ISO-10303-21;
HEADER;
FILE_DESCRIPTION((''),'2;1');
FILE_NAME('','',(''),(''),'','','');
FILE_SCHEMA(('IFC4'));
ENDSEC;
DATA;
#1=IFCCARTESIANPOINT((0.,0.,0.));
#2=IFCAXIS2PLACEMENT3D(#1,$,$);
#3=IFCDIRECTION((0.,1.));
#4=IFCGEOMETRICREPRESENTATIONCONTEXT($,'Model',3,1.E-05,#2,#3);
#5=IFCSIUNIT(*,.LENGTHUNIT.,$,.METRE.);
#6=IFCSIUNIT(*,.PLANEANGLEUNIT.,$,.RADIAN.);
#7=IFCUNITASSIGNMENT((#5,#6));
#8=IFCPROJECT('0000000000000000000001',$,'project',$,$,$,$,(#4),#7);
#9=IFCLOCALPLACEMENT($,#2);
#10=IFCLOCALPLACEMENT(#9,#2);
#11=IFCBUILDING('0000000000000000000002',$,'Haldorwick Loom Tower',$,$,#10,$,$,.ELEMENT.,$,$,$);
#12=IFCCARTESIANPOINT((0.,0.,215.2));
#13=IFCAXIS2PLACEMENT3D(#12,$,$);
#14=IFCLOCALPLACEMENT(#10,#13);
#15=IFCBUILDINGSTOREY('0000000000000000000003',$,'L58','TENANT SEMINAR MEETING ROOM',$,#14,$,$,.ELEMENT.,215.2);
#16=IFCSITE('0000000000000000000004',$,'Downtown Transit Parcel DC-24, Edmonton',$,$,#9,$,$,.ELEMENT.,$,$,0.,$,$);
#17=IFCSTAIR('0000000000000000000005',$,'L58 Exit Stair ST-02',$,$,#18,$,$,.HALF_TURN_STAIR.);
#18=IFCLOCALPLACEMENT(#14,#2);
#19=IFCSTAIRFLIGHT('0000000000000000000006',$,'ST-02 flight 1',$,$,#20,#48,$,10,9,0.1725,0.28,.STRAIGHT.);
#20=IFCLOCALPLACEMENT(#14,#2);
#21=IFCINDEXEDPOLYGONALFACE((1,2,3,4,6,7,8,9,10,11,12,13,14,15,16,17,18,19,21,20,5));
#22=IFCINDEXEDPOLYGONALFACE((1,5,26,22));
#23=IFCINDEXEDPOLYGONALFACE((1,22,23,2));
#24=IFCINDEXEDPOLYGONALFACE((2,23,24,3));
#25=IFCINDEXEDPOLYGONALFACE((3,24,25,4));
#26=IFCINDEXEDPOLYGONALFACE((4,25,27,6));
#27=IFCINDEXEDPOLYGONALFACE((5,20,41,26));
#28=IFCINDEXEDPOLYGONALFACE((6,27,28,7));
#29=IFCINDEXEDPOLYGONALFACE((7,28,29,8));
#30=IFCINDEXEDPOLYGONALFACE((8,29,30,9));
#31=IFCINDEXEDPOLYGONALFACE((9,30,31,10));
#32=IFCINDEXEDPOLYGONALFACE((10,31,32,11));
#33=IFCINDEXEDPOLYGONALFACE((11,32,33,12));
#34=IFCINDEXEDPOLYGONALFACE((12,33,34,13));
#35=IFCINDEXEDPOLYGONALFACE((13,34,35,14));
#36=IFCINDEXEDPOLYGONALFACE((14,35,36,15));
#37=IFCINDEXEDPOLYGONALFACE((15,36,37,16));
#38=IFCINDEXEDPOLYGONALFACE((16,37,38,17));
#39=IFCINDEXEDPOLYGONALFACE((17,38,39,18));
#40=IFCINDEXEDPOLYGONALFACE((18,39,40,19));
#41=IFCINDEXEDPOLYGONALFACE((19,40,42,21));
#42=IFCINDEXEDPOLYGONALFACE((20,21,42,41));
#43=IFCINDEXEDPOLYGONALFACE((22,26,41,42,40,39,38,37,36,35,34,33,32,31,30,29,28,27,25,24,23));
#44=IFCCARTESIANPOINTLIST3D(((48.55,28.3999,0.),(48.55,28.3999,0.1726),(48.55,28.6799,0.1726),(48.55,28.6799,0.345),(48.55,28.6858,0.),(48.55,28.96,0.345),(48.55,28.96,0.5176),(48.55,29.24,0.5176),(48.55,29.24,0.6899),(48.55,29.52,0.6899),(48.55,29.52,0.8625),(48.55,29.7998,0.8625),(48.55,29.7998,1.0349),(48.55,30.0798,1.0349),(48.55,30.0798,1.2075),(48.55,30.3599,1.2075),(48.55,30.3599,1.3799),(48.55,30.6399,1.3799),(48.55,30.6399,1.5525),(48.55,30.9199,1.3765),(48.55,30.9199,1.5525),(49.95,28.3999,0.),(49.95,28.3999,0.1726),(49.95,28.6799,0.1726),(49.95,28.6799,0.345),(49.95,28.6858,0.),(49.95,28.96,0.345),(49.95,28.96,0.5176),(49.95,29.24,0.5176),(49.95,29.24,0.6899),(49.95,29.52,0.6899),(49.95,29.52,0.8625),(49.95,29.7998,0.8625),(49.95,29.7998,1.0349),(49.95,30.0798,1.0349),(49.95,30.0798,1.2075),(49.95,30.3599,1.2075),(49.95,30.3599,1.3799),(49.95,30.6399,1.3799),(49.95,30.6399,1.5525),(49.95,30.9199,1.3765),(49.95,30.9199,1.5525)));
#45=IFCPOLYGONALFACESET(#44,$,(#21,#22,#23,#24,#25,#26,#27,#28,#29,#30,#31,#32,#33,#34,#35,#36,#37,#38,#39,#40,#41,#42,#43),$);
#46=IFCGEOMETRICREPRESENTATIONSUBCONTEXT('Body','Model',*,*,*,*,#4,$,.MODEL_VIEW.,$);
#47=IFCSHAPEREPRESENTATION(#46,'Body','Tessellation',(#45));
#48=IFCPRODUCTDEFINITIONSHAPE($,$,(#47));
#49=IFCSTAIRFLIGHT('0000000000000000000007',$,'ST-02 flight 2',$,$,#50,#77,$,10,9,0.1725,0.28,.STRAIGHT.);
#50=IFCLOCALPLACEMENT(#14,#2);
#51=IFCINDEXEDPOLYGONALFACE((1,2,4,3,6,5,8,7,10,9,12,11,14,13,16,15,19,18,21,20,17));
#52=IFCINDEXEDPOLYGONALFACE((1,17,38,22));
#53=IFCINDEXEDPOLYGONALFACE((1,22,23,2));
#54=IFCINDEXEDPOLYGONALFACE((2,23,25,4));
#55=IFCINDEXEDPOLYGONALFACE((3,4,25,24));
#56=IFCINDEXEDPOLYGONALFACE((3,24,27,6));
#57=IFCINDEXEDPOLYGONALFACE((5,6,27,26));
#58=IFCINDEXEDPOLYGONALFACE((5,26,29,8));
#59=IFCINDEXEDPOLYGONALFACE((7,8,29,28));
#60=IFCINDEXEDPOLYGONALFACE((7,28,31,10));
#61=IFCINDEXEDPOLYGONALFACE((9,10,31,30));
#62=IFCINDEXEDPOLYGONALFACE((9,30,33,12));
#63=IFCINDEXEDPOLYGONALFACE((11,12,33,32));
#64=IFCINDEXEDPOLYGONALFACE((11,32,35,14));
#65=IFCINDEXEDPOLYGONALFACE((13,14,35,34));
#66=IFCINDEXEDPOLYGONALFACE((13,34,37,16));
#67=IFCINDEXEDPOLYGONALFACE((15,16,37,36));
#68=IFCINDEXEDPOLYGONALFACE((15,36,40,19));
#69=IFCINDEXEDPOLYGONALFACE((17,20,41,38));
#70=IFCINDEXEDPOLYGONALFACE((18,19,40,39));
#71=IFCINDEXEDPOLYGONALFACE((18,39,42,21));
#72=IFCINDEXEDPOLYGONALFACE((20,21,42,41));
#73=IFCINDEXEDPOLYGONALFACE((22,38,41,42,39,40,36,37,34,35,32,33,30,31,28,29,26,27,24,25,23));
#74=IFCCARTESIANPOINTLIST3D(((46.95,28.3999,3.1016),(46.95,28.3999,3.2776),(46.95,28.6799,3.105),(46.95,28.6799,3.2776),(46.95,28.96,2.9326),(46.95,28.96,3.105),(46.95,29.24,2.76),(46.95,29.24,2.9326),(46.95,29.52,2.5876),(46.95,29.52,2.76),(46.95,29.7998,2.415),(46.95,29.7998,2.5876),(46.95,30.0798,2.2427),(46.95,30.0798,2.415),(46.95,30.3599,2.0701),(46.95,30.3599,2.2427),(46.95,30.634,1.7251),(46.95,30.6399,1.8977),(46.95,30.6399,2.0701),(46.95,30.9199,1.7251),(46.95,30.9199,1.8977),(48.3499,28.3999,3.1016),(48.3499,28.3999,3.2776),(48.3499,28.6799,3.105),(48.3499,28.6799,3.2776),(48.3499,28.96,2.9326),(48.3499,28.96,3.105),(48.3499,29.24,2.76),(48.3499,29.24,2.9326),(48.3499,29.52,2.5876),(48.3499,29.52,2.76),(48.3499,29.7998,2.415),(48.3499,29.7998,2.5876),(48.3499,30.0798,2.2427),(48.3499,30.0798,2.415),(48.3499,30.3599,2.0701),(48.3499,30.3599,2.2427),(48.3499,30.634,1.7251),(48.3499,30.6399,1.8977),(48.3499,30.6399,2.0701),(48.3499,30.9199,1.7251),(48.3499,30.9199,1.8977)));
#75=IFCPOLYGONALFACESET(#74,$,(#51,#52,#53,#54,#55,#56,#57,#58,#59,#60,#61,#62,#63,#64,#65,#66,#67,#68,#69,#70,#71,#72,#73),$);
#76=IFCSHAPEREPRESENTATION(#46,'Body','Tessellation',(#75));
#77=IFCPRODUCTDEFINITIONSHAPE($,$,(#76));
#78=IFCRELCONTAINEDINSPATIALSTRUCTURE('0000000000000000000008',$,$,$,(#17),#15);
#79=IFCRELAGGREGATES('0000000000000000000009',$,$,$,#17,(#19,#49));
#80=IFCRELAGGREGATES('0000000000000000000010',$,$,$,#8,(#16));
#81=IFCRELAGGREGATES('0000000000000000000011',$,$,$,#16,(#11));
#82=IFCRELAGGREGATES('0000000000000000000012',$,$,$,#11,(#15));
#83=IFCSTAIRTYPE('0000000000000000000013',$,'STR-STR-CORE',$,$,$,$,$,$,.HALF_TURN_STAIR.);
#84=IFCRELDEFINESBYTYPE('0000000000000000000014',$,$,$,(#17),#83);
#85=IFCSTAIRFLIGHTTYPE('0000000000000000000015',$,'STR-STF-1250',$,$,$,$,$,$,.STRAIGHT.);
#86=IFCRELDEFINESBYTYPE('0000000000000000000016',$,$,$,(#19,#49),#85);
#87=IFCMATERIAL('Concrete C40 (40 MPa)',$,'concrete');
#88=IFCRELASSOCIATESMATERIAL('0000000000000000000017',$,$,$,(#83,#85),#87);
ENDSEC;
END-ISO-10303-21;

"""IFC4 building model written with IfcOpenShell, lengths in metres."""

from ifc_helpers import new_model, si_unit, direction, frame, origin, place, context, subcontext, project, spatial, polyline, outline, extrude, material, type_object, element, aggregate, save


model = new_model("IFC4")

# Units and contexts
model_context = context("Model", 3, precision=1e-05, world=origin(), true_north=direction((0.0, 1.0)))
body_context = subcontext(model_context, "Body", "Model", "MODEL_VIEW")
ifc_project = project(units=[si_unit("LENGTHUNIT", "METRE"), si_unit("PLANEANGLEUNIT", "RADIAN")], contexts=[model_context])

# Site, building, storey
site_placement = place(None, origin())
site = spatial("IfcSite", under=ifc_project, at=site_placement, Name="Downtown Transit Parcel DC-24, Edmonton", CompositionType="ELEMENT", RefElevation=0.0)
building_placement = place(site_placement, origin())
building = spatial("IfcBuilding", under=site, at=building_placement, Name="Haldorwick Loom Tower", CompositionType="ELEMENT")
storey_placement = place(building_placement, frame((0.0, 0.0, 215.2)))
storey = spatial("IfcBuildingStorey", under=building, at=storey_placement, Name="L58", Description="TENANT SEMINAR MEETING ROOM", CompositionType="ELEMENT", Elevation=215.2)

# Stair, stair flights
ifc_material_1 = material(Name="Concrete C40 (40 MPa)", Category="concrete")
stair_type = type_object("IfcStairType", Name="STR-STR-CORE", PredefinedType="HALF_TURN_STAIR", material=ifc_material_1)
stair_placement = place(storey_placement, origin())
stair = element("IfcStair", 1, at=stair_placement, inside=storey, type_object=stair_type, Name="L58 Exit Stair ST-02", PredefinedType="HALF_TURN_STAIR")
stair_flight_type = type_object("IfcStairFlightType", Name="STR-STF-1250", PredefinedType="STRAIGHT", material=ifc_material_1)
stair_flight_1_placement = place(storey_placement, frame((49.25, 28.3999, 0.0), z_axis=(0.0, 0.0, 1.0), x_axis=(0.0, 1.0, 0.0)))
stair_flight_1 = element("IfcStairFlight", 2, at=stair_flight_1_placement, type_object=stair_flight_type, Name="ST-02 flight 1", NumberOfRisers=10, NumberOfTreads=9, PredefinedType="STRAIGHT", RiserHeight=0.1725, TreadLength=0.28, context=body_context, shape_type="SweptSolid", body=[
    extrude(outline(polyline([(0.0, 0.0), (0.0, 0.1726), (0.28, 0.1726), (0.28, 0.345), (0.5601, 0.345), (0.5601, 0.5176), (0.8401, 0.5176), (0.8401, 0.6899), (1.1201, 0.6899), (1.1201, 0.8625), (1.3999, 0.8625), (1.3999, 1.0349), (1.6799, 1.0349), (1.6799, 1.2075), (1.96, 1.2075), (1.96, 1.3799), (2.24, 1.3799), (2.24, 1.5525), (2.52, 1.5525), (2.52, 1.7251), (2.52, 1.3765), (0.2859, 0.0), (0.0, 0.0)])), frame((0.0, 0.7, 0.0), z_axis=(0.0, -1.0, 0.0), x_axis=(1.0, 0.0, 0.0)), (0.0, 0.0, 1.0), 1.3999),
])
stair_flight_2_placement = place(storey_placement, frame((47.6499, 30.9199, 1.7251), z_axis=(0.0, 0.0, 1.0), x_axis=(0.0, -1.0, 0.0)))
stair_flight_2 = element("IfcStairFlight", 3, at=stair_flight_2_placement, type_object=stair_flight_type, Name="ST-02 flight 2", NumberOfRisers=10, NumberOfTreads=9, PredefinedType="STRAIGHT", RiserHeight=0.1725, TreadLength=0.28, context=body_context, shape_type="SweptSolid", body=[
    extrude(outline(polyline([(0.0, 0.0), (0.0, 0.1726), (0.28, 0.1726), (0.28, 0.345), (0.5601, 0.345), (0.5601, 0.5176), (0.8401, 0.5176), (0.8401, 0.6899), (1.1201, 0.6899), (1.1201, 0.8625), (1.3999, 0.8625), (1.3999, 1.0349), (1.6799, 1.0349), (1.6799, 1.2075), (1.96, 1.2075), (1.96, 1.3799), (2.24, 1.3799), (2.24, 1.5525), (2.52, 1.5525), (2.52, 1.7251), (2.52, 1.3765), (0.2859, 0.0), (0.0, 0.0)])), frame((0.0, 0.7, 0.0), z_axis=(0.0, -1.0, 0.0), x_axis=(1.0, 0.0, 0.0)), (0.0, 0.0, 1.0), 1.3999),
])
aggregate(stair, [stair_flight_1, stair_flight_2])

save(model, "model.ifc")
